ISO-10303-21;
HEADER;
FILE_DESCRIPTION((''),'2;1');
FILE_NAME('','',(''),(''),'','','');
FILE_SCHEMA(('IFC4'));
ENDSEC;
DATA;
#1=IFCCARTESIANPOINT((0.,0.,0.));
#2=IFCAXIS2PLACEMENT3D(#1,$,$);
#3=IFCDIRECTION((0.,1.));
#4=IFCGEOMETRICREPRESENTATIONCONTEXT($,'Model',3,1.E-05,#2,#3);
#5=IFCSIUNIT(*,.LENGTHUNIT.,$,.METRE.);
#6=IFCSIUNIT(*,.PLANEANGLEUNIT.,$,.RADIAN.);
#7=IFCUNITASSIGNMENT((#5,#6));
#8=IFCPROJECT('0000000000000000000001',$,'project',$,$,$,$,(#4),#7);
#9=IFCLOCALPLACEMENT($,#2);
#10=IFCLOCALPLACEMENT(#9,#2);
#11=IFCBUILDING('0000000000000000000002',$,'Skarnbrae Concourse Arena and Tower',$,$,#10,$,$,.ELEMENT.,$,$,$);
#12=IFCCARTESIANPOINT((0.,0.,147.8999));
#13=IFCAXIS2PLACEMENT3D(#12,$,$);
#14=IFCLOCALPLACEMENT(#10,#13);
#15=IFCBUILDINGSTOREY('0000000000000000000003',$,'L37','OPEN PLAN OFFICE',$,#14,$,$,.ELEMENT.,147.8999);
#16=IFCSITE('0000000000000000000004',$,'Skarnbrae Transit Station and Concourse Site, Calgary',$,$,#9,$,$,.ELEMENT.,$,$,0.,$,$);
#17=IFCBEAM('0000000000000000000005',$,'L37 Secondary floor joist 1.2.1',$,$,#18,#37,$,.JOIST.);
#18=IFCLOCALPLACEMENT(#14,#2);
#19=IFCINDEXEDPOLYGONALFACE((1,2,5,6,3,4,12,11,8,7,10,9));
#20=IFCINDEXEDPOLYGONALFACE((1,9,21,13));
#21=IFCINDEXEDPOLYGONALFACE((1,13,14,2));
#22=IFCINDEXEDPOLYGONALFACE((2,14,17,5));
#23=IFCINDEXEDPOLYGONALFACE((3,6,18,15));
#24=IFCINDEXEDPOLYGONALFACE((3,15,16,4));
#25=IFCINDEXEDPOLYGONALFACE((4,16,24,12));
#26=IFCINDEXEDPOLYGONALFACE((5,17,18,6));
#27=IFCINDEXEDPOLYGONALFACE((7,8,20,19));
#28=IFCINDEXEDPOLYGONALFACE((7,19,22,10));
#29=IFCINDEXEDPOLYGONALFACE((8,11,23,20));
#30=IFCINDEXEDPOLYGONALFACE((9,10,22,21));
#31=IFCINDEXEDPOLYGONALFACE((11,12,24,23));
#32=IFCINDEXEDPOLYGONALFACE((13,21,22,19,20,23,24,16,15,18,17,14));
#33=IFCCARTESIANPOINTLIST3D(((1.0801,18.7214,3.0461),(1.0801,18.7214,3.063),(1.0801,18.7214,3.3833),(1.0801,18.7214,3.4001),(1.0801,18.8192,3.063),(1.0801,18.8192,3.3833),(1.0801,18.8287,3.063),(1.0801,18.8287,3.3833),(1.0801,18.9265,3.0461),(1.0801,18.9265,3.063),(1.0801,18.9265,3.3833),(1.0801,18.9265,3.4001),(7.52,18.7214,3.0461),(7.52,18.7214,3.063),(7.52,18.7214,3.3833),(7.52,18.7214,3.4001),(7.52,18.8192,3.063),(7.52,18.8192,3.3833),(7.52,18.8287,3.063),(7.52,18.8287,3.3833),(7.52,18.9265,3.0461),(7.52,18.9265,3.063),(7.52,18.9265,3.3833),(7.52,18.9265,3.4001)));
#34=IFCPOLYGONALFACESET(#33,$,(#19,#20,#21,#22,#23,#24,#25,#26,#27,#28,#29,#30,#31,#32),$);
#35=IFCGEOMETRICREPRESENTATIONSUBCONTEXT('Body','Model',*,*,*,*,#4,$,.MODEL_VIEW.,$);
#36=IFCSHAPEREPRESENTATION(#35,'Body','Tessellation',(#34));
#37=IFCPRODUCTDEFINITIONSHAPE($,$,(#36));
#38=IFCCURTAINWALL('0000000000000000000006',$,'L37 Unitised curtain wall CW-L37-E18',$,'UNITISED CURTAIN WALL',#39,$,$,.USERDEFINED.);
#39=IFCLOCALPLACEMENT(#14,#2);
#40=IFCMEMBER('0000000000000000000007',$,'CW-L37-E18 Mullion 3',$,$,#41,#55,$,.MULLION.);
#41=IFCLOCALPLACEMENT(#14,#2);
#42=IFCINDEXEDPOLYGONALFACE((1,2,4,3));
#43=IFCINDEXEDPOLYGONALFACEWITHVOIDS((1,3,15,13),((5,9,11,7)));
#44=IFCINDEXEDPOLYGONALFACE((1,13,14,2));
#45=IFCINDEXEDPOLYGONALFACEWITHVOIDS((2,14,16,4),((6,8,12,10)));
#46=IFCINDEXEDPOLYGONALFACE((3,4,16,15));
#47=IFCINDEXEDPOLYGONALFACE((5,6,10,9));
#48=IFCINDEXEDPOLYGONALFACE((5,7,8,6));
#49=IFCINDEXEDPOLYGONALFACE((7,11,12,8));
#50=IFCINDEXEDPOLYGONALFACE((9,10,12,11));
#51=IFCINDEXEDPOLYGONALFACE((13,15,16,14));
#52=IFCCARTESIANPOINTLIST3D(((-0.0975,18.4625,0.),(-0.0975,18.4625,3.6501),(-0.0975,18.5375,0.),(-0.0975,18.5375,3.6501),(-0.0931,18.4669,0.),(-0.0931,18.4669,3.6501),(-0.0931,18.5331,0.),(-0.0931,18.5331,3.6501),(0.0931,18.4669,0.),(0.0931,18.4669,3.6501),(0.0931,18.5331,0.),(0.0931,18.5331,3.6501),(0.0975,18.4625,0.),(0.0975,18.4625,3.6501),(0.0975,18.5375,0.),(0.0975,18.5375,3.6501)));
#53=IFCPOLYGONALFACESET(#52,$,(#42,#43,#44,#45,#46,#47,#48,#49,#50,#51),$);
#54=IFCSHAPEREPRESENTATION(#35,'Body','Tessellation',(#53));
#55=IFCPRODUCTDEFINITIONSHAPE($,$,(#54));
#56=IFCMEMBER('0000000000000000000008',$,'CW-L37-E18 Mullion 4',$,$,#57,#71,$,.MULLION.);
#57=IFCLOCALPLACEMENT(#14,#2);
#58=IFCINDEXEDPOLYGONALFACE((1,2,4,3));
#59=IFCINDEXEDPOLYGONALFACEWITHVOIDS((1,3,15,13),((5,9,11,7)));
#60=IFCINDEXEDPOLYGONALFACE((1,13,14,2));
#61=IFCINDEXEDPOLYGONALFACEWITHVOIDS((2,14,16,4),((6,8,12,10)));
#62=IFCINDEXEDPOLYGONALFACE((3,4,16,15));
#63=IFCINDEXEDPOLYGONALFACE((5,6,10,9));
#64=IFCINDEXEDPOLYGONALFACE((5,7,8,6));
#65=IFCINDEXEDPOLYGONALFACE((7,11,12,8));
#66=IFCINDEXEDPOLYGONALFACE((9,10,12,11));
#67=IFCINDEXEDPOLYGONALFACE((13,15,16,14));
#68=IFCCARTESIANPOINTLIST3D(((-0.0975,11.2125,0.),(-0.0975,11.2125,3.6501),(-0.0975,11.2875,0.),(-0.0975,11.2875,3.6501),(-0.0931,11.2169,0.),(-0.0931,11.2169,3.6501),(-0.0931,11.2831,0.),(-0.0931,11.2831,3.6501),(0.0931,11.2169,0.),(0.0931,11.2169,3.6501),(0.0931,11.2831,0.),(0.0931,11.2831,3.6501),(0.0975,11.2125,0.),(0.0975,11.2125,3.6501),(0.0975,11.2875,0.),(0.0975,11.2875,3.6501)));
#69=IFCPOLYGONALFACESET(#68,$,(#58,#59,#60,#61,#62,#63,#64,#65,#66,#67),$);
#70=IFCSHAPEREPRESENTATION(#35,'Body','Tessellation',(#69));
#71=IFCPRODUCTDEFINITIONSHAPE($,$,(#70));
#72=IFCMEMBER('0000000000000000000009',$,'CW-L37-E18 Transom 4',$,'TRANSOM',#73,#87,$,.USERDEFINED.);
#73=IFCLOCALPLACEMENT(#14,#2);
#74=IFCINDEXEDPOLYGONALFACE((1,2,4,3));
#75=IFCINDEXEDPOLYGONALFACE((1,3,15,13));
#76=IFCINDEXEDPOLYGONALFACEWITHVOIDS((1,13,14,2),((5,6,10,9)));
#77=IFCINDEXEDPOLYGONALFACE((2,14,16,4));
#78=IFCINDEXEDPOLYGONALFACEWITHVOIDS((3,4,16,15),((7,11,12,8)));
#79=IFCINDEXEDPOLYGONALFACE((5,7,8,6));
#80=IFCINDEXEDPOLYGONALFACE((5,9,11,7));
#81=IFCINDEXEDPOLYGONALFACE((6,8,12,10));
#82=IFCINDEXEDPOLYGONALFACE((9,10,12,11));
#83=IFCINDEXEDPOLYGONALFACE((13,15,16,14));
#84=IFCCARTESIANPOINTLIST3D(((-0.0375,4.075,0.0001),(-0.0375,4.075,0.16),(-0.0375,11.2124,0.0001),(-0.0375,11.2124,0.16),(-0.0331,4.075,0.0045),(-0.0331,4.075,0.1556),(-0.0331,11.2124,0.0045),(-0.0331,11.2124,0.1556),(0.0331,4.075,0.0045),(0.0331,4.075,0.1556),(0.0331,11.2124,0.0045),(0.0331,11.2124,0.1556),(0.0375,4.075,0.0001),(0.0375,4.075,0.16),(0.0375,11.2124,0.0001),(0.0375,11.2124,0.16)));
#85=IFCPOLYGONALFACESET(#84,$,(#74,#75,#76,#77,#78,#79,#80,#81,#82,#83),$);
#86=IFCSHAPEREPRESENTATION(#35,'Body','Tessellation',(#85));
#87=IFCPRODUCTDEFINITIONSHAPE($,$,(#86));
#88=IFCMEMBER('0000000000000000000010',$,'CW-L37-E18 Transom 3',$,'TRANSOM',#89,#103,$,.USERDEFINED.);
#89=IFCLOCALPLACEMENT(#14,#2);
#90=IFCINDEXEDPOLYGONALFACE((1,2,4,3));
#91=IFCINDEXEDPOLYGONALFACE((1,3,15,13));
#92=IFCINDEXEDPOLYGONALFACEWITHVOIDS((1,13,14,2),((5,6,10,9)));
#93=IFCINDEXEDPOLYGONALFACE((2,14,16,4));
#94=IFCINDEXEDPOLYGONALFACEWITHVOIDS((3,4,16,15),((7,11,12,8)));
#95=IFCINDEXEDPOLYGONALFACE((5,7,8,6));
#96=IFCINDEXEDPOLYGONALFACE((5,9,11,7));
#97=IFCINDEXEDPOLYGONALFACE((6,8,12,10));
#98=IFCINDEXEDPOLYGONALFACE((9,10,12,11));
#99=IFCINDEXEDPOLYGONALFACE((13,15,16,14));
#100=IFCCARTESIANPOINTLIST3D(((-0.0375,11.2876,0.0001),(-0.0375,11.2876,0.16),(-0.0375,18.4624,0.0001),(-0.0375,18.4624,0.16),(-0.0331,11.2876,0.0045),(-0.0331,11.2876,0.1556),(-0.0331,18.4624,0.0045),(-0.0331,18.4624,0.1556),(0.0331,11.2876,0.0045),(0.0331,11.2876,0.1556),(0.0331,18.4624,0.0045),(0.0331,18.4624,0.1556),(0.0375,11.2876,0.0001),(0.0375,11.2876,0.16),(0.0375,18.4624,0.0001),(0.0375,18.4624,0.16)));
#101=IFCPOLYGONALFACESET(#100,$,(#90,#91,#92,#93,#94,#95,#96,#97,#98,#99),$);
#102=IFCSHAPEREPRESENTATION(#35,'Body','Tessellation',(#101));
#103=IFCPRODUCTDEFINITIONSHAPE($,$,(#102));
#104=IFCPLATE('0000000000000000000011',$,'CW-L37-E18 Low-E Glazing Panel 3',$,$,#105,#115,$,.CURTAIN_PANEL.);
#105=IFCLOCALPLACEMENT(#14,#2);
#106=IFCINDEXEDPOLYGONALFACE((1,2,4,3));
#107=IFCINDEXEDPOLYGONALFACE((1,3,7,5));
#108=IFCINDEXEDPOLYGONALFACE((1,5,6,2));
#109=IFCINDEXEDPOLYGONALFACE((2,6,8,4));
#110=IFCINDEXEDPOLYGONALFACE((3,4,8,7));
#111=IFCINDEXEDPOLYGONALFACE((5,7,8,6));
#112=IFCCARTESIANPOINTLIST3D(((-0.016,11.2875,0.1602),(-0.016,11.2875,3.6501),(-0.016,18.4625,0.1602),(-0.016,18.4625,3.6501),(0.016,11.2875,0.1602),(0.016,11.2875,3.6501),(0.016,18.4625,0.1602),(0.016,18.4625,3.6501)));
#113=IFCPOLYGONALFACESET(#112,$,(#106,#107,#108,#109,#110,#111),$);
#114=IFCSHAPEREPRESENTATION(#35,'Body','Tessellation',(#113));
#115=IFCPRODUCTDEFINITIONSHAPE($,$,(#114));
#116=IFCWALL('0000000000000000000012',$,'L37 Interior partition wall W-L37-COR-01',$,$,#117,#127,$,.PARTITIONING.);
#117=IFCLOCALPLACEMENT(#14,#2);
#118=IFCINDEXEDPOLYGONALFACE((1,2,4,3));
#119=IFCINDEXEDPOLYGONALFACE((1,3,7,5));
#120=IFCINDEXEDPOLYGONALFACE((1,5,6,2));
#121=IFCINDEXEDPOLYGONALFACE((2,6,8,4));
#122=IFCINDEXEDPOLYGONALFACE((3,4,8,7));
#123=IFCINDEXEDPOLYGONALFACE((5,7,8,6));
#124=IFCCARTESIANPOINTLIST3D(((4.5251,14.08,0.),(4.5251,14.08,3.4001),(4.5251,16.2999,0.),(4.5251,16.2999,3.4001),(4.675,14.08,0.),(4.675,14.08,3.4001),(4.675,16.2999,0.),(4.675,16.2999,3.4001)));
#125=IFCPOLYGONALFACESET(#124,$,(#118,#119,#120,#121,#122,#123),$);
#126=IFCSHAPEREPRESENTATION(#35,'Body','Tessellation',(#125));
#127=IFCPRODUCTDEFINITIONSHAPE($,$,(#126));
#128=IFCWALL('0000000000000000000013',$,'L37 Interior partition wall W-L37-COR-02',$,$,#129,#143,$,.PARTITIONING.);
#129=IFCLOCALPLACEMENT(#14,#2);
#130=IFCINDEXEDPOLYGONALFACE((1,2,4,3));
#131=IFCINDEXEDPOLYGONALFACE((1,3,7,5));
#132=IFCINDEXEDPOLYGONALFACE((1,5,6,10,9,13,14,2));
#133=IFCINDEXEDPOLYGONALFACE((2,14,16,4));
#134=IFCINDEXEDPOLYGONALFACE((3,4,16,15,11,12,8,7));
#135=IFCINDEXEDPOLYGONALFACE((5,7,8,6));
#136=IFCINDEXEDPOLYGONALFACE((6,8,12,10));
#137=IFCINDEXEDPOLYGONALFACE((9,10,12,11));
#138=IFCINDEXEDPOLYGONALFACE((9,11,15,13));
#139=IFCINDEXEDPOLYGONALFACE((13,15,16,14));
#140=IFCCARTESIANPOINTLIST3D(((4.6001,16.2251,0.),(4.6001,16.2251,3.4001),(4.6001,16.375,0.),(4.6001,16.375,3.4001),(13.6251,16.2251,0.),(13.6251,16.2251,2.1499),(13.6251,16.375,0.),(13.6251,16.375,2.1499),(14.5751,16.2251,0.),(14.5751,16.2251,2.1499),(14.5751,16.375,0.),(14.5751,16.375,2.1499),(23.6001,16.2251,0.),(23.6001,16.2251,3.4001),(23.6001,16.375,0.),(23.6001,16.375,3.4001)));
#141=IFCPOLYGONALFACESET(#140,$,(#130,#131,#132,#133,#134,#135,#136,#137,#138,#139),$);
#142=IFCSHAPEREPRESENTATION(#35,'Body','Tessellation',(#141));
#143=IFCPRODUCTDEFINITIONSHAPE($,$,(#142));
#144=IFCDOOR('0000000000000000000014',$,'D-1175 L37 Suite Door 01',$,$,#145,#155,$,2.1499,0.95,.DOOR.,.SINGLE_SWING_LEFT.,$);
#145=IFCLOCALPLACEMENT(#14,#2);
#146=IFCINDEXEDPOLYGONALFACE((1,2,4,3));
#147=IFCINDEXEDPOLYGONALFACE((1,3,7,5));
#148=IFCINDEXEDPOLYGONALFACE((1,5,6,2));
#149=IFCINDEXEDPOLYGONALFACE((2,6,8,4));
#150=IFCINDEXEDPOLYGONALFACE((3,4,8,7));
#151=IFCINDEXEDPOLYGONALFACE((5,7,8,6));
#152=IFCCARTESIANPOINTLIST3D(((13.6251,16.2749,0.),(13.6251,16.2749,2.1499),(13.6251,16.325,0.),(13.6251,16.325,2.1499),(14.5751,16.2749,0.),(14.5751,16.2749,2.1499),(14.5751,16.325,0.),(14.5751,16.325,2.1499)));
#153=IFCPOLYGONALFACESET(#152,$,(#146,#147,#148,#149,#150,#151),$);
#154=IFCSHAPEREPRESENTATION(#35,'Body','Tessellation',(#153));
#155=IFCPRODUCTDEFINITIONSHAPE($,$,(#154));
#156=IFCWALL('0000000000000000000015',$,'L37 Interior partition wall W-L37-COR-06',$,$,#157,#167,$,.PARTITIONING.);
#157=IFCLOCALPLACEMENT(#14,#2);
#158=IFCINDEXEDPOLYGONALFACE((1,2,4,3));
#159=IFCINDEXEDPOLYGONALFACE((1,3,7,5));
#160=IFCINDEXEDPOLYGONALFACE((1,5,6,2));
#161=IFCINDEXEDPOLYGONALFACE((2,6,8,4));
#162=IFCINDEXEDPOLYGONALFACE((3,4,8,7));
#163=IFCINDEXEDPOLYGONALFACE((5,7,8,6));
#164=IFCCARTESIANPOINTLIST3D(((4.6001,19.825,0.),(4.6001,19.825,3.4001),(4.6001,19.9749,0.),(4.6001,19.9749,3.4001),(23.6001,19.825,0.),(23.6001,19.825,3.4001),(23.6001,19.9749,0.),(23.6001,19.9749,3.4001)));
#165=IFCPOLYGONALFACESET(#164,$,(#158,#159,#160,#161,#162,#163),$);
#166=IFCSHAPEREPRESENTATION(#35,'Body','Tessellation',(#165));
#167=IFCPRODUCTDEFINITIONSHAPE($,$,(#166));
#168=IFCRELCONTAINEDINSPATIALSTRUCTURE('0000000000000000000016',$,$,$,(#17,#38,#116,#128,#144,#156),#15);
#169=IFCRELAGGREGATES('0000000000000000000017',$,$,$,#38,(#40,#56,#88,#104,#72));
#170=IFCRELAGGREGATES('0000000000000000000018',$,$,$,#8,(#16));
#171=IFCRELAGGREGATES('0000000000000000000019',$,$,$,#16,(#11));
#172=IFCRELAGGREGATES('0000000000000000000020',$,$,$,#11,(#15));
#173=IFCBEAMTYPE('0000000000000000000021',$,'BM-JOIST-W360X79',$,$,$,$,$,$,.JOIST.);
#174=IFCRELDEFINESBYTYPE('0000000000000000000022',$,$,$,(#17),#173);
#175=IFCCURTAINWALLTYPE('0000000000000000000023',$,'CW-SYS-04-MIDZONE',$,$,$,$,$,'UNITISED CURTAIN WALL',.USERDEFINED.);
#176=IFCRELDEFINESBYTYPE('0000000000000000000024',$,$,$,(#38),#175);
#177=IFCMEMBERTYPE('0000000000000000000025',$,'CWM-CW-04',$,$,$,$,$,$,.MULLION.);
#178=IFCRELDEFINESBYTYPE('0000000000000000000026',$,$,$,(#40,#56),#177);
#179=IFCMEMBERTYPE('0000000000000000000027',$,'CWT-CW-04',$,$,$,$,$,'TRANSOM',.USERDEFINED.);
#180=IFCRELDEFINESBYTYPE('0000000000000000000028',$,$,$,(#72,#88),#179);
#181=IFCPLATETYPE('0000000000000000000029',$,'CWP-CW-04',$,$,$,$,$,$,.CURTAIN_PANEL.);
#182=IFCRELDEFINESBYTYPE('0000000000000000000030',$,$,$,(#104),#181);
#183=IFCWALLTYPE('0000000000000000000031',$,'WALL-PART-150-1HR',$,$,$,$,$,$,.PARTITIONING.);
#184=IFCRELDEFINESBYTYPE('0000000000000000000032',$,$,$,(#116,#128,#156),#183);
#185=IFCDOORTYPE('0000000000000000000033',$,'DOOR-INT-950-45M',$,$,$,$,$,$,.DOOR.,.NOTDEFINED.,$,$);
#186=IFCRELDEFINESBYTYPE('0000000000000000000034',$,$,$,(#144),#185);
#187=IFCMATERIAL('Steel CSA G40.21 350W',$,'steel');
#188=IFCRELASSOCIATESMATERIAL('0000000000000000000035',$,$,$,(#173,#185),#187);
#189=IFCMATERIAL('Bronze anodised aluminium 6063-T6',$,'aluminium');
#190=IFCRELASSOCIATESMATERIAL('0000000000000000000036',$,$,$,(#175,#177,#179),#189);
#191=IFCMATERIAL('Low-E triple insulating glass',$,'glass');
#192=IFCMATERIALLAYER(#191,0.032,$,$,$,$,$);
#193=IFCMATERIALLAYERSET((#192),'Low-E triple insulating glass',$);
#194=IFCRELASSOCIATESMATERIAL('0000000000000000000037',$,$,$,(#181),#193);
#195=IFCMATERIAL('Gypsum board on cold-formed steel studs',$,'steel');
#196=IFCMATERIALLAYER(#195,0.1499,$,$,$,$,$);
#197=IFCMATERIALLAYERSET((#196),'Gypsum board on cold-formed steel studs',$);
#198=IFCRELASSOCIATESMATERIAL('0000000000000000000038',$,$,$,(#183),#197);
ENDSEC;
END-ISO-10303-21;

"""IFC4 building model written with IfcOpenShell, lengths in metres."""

from ifc_helpers import new_model, si_unit, direction, frame, frame_2d, origin, origin_2d, place, context, subcontext, project, spatial, rectangle, hollow_rectangle, i_section, extrude, source, transform, mapped, material, layer, layer_set, material_profile, profile_set, type_object, element, fill, aggregate, save


model = new_model("IFC4")

# Units and contexts
model_context = context("Model", 3, precision=1e-05, world=origin(), true_north=direction((0.0, 1.0)))
body_context = subcontext(model_context, "Body", "Model", "MODEL_VIEW")
ifc_project = project(units=[si_unit("LENGTHUNIT", "METRE"), si_unit("PLANEANGLEUNIT", "RADIAN")], contexts=[model_context])

# Site, building, storey
site_placement = place(None, origin())
site = spatial("IfcSite", under=ifc_project, at=site_placement, Name="Skarnbrae Transit Station and Concourse Site, Calgary", CompositionType="ELEMENT", RefElevation=0.0)
building_placement = place(site_placement, origin())
building = spatial("IfcBuilding", under=site, at=building_placement, Name="Skarnbrae Concourse Arena and Tower", CompositionType="ELEMENT")
storey_placement = place(building_placement, frame((0.0, 0.0, 147.8999)))
storey = spatial("IfcBuildingStorey", under=building, at=storey_placement, Name="L37", Description="OPEN PLAN OFFICE", CompositionType="ELEMENT", Elevation=147.8999)

# Shared definitions
ifc_material_1 = material(Name="Steel CSA G40.21 350W", Category="steel")

# Beam
ifc_material_profile_1 = material_profile(ifc_material_1, i_section(OverallWidth=0.2051, OverallDepth=0.354, WebThickness=0.0095, FlangeThickness=0.0168, at=origin_2d()), Name="W360X79")
ifc_profile_set_1 = profile_set([ifc_material_profile_1], Name="Steel CSA G40.21 350W")
beam_type_1 = type_object("IfcBeamType", Name="BM-JOIST-W360X79", PredefinedType="JOIST", material=ifc_profile_set_1)
shared_shape_1 = source(origin(), body_context, "Body", "SweptSolid", [
    extrude(i_section(OverallWidth=0.2051, OverallDepth=0.354, WebThickness=0.0095, FlangeThickness=0.0168, at=origin_2d()), origin(), (0.0, 0.0, 1.0), 6.4399),
])
for number, where, z_axis, x_axis, name in (
    (1, (1.0801, 18.824, 3.2231), (1.0, 0.0, 0.0), (0.0, 1.0, 0.0), "L37 Secondary floor joist 1.2.1"),
):
    element("IfcBeam", number, at=place(storey_placement, frame(where, z_axis=z_axis, x_axis=x_axis)), inside=storey, type_object=beam_type_1, Name=name, PredefinedType="JOIST", context=body_context, shape_type="MappedRepresentation", body=[
        mapped(shared_shape_1, transform((0.0, 0.0, 0.0))),
    ])

# Curtain wall, members, plate
ifc_material_2 = material(Name="Bronze anodised aluminium 6063-T6", Category="aluminium")
curtain_wall_type = type_object("IfcCurtainWallType", Name="CW-SYS-04-MIDZONE", ElementType="UNITISED CURTAIN WALL", PredefinedType="USERDEFINED", material=ifc_material_2)
curtain_wall_placement = place(storey_placement, origin())
curtain_wall = element("IfcCurtainWall", 2, at=curtain_wall_placement, inside=storey, type_object=curtain_wall_type, Name="L37 Unitised curtain wall CW-L37-E18", ObjectType="UNITISED CURTAIN WALL", PredefinedType="USERDEFINED")
ifc_material_profile_2 = material_profile(ifc_material_2, hollow_rectangle(XDim=0.075, YDim=0.1951, WallThickness=0.0044, at=origin_2d()), Name="ALU-MULL-75X195")
ifc_profile_set_2 = profile_set([ifc_material_profile_2], Name="Bronze anodised aluminium 6063-T6")
member_type_1 = type_object("IfcMemberType", Name="CWM-CW-04", PredefinedType="MULLION", material=ifc_profile_set_2)
shared_shape_2 = source(origin(), body_context, "Body", "SweptSolid", [
    extrude(hollow_rectangle(XDim=0.075, YDim=0.1951, WallThickness=0.0044, at=origin_2d()), origin(), (0.0, 0.0, 1.0), 3.6501),
])
member_1_placement = place(storey_placement, frame((0.0, 18.5, 0.0), z_axis=(0.0, 0.0, 1.0), x_axis=(0.0, -1.0, 0.0)))
member_1 = element("IfcMember", 3, at=member_1_placement, type_object=member_type_1, Name="CW-L37-E18 Mullion 3", PredefinedType="MULLION", context=body_context, shape_type="MappedRepresentation", body=[
    mapped(shared_shape_2, transform((0.0, 0.0, 0.0))),
])
member_2_placement = place(storey_placement, frame((0.0, 11.25, 0.0), z_axis=(0.0, 0.0, 1.0), x_axis=(0.0, -1.0, 0.0)))
member_2 = element("IfcMember", 4, at=member_2_placement, type_object=member_type_1, Name="CW-L37-E18 Mullion 4", PredefinedType="MULLION", context=body_context, shape_type="MappedRepresentation", body=[
    mapped(shared_shape_2, transform((0.0, 0.0, 0.0))),
])
ifc_material_profile_3 = material_profile(ifc_material_2, hollow_rectangle(XDim=0.075, YDim=0.1599, WallThickness=0.0044, at=origin_2d()), Name="ALU-TRAN-75X160")
ifc_profile_set_3 = profile_set([ifc_material_profile_3], Name="Bronze anodised aluminium 6063-T6")
member_type_2 = type_object("IfcMemberType", Name="CWT-CW-04", ElementType="TRANSOM", PredefinedType="USERDEFINED", material=ifc_profile_set_3)
shared_shape_3 = source(origin(), body_context, "Body", "SweptSolid", [
    extrude(hollow_rectangle(XDim=0.075, YDim=0.1599, WallThickness=0.0044, at=origin_2d()), origin(), (0.0, 0.0, 1.0), 7.1375),
])
member_3_placement = place(storey_placement, frame((0.0, 11.2124, 0.0801), z_axis=(0.0, -1.0, 0.0), x_axis=(1.0, 0.0, 0.0)))
member_3 = element("IfcMember", 5, at=member_3_placement, type_object=member_type_2, Name="CW-L37-E18 Transom 4", ObjectType="TRANSOM", PredefinedType="USERDEFINED", context=body_context, shape_type="MappedRepresentation", body=[
    mapped(shared_shape_3, transform((0.0, 0.0, 0.0))),
])
shared_shape_4 = source(origin(), body_context, "Body", "SweptSolid", [
    extrude(hollow_rectangle(XDim=0.075, YDim=0.1599, WallThickness=0.0044, at=origin_2d()), origin(), (0.0, 0.0, 1.0), 7.1748),
])
member_4_placement = place(storey_placement, frame((0.0, 18.4624, 0.0801), z_axis=(0.0, -1.0, 0.0), x_axis=(1.0, 0.0, 0.0)))
member_4 = element("IfcMember", 6, at=member_4_placement, type_object=member_type_2, Name="CW-L37-E18 Transom 3", ObjectType="TRANSOM", PredefinedType="USERDEFINED", context=body_context, shape_type="MappedRepresentation", body=[
    mapped(shared_shape_4, transform((0.0, 0.0, 0.0))),
])
ifc_material_3 = material(Name="Low-E triple insulating glass", Category="glass")
ifc_layer_1 = layer(ifc_material_3, 0.032)
ifc_layer_set_1 = layer_set([ifc_layer_1], Name="Low-E triple insulating glass")
plate_type = type_object("IfcPlateType", Name="CWP-CW-04", PredefinedType="CURTAIN_PANEL", material=ifc_layer_set_1)
shared_shape_5 = source(origin(), body_context, "Body", "SweptSolid", [
    extrude(rectangle(XDim=7.175, YDim=0.032, at=origin_2d()), origin(), (0.0, 0.0, 1.0), 3.49),
])
plate_placement = place(storey_placement, frame((0.0, 14.875, 0.1602), z_axis=(0.0, 0.0, 1.0), x_axis=(0.0, -1.0, 0.0)))
plate = element("IfcPlate", 7, at=plate_placement, type_object=plate_type, Name="CW-L37-E18 Low-E Glazing Panel 3", PredefinedType="CURTAIN_PANEL", context=body_context, shape_type="MappedRepresentation", body=[
    mapped(shared_shape_5, transform((0.0, 0.0, 0.0))),
])
aggregate(curtain_wall, [member_1, member_2, member_4, plate, member_3])

# Wall
ifc_material_4 = material(Name="Gypsum board on cold-formed steel studs", Category="steel")
ifc_layer_2 = layer(ifc_material_4, 0.1499)
ifc_layer_set_2 = layer_set([ifc_layer_2], Name="Gypsum board on cold-formed steel studs")
wall_type_1 = type_object("IfcWallType", Name="WALL-PART-150-1HR", PredefinedType="PARTITIONING", material=ifc_layer_set_2)
shared_shape_6 = source(origin(), body_context, "Body", "SweptSolid", [
    extrude(rectangle(XDim=2.22, YDim=0.1499, at=frame_2d((1.1099, 0.0))), origin(), (0.0, 0.0, 1.0), 3.4001),
])
wall_1_placement = place(storey_placement, frame((4.6001, 14.0801, 0.0), z_axis=(0.0, 0.0, 1.0), x_axis=(0.0, 1.0, 0.0)))
element("IfcWall", 8, at=wall_1_placement, inside=storey, type_object=wall_type_1, Name="L37 Interior partition wall W-L37-COR-01", PredefinedType="PARTITIONING", context=body_context, shape_type="MappedRepresentation", body=[
    mapped(shared_shape_6, transform((0.0, 0.0, 0.0))),
])

# Wall, opening, door
shared_shape_7 = source(origin(), body_context, "Body", "SweptSolid", [
    extrude(rectangle(XDim=19.0, YDim=0.1499, at=frame_2d((9.5, 0.0))), origin(), (0.0, 0.0, 1.0), 3.4001),
])
wall_2_placement = place(storey_placement, frame((4.6001, 16.3, 0.0), z_axis=(0.0, 0.0, 1.0), x_axis=(1.0, 0.0, 0.0)))
wall_2 = element("IfcWall", 9, at=wall_2_placement, inside=storey, type_object=wall_type_1, Name="L37 Interior partition wall W-L37-COR-02", PredefinedType="PARTITIONING", context=body_context, shape_type="MappedRepresentation", body=[
    mapped(shared_shape_7, transform((0.0, 0.0, 0.0))),
])
opening_1_placement = place(wall_2_placement, frame((9.0249, 0.0, 0.0)))
opening_1 = element("IfcOpeningElement", 10, at=opening_1_placement, cuts=wall_2, PredefinedType="OPENING", context=body_context, shape_type="SweptSolid", body=[
    extrude(rectangle(XDim=0.95, YDim=2.1499, at=frame_2d((0.4751, 1.075))), frame((0.0, 0.085, 0.0), z_axis=(0.0, -1.0, 0.0), x_axis=(1.0, 0.0, 0.0)), (0.0, 0.0, 1.0), 0.1699),
])
door_type_1 = type_object("IfcDoorType", Name="DOOR-INT-950-45M", OperationType="NOTDEFINED", PredefinedType="DOOR", material=ifc_material_1)
shared_shape_8 = source(origin(), body_context, "Body", "SweptSolid", [
    extrude(rectangle(XDim=0.95, YDim=2.1499, at=frame_2d((0.4751, 1.075))), frame((0.0, 0.0249, 0.0), z_axis=(0.0, -1.0, 0.0), x_axis=(1.0, 0.0, 0.0)), (0.0, 0.0, 1.0), 0.05),
])
door_1_placement = place(opening_1_placement, origin())
door_1 = element("IfcDoor", 11, at=door_1_placement, inside=storey, type_object=door_type_1, Name="D-1175 L37 Suite Door 01", OperationType="SINGLE_SWING_LEFT", OverallHeight=2.1499, OverallWidth=0.95, PredefinedType="DOOR", context=body_context, shape_type="MappedRepresentation", body=[
    mapped(shared_shape_8, transform((0.0, 0.0, 0.0))),
])
fill(opening_1, door_1)

# Wall
wall_3_placement = place(storey_placement, frame((4.6001, 19.8999, 0.0), z_axis=(0.0, 0.0, 1.0), x_axis=(1.0, 0.0, 0.0)))
element("IfcWall", 12, at=wall_3_placement, inside=storey, type_object=wall_type_1, Name="L37 Interior partition wall W-L37-COR-06", PredefinedType="PARTITIONING", context=body_context, shape_type="MappedRepresentation", body=[
    mapped(shared_shape_7, transform((0.0, 0.0, 0.0))),
])

save(model, "model.ifc")
